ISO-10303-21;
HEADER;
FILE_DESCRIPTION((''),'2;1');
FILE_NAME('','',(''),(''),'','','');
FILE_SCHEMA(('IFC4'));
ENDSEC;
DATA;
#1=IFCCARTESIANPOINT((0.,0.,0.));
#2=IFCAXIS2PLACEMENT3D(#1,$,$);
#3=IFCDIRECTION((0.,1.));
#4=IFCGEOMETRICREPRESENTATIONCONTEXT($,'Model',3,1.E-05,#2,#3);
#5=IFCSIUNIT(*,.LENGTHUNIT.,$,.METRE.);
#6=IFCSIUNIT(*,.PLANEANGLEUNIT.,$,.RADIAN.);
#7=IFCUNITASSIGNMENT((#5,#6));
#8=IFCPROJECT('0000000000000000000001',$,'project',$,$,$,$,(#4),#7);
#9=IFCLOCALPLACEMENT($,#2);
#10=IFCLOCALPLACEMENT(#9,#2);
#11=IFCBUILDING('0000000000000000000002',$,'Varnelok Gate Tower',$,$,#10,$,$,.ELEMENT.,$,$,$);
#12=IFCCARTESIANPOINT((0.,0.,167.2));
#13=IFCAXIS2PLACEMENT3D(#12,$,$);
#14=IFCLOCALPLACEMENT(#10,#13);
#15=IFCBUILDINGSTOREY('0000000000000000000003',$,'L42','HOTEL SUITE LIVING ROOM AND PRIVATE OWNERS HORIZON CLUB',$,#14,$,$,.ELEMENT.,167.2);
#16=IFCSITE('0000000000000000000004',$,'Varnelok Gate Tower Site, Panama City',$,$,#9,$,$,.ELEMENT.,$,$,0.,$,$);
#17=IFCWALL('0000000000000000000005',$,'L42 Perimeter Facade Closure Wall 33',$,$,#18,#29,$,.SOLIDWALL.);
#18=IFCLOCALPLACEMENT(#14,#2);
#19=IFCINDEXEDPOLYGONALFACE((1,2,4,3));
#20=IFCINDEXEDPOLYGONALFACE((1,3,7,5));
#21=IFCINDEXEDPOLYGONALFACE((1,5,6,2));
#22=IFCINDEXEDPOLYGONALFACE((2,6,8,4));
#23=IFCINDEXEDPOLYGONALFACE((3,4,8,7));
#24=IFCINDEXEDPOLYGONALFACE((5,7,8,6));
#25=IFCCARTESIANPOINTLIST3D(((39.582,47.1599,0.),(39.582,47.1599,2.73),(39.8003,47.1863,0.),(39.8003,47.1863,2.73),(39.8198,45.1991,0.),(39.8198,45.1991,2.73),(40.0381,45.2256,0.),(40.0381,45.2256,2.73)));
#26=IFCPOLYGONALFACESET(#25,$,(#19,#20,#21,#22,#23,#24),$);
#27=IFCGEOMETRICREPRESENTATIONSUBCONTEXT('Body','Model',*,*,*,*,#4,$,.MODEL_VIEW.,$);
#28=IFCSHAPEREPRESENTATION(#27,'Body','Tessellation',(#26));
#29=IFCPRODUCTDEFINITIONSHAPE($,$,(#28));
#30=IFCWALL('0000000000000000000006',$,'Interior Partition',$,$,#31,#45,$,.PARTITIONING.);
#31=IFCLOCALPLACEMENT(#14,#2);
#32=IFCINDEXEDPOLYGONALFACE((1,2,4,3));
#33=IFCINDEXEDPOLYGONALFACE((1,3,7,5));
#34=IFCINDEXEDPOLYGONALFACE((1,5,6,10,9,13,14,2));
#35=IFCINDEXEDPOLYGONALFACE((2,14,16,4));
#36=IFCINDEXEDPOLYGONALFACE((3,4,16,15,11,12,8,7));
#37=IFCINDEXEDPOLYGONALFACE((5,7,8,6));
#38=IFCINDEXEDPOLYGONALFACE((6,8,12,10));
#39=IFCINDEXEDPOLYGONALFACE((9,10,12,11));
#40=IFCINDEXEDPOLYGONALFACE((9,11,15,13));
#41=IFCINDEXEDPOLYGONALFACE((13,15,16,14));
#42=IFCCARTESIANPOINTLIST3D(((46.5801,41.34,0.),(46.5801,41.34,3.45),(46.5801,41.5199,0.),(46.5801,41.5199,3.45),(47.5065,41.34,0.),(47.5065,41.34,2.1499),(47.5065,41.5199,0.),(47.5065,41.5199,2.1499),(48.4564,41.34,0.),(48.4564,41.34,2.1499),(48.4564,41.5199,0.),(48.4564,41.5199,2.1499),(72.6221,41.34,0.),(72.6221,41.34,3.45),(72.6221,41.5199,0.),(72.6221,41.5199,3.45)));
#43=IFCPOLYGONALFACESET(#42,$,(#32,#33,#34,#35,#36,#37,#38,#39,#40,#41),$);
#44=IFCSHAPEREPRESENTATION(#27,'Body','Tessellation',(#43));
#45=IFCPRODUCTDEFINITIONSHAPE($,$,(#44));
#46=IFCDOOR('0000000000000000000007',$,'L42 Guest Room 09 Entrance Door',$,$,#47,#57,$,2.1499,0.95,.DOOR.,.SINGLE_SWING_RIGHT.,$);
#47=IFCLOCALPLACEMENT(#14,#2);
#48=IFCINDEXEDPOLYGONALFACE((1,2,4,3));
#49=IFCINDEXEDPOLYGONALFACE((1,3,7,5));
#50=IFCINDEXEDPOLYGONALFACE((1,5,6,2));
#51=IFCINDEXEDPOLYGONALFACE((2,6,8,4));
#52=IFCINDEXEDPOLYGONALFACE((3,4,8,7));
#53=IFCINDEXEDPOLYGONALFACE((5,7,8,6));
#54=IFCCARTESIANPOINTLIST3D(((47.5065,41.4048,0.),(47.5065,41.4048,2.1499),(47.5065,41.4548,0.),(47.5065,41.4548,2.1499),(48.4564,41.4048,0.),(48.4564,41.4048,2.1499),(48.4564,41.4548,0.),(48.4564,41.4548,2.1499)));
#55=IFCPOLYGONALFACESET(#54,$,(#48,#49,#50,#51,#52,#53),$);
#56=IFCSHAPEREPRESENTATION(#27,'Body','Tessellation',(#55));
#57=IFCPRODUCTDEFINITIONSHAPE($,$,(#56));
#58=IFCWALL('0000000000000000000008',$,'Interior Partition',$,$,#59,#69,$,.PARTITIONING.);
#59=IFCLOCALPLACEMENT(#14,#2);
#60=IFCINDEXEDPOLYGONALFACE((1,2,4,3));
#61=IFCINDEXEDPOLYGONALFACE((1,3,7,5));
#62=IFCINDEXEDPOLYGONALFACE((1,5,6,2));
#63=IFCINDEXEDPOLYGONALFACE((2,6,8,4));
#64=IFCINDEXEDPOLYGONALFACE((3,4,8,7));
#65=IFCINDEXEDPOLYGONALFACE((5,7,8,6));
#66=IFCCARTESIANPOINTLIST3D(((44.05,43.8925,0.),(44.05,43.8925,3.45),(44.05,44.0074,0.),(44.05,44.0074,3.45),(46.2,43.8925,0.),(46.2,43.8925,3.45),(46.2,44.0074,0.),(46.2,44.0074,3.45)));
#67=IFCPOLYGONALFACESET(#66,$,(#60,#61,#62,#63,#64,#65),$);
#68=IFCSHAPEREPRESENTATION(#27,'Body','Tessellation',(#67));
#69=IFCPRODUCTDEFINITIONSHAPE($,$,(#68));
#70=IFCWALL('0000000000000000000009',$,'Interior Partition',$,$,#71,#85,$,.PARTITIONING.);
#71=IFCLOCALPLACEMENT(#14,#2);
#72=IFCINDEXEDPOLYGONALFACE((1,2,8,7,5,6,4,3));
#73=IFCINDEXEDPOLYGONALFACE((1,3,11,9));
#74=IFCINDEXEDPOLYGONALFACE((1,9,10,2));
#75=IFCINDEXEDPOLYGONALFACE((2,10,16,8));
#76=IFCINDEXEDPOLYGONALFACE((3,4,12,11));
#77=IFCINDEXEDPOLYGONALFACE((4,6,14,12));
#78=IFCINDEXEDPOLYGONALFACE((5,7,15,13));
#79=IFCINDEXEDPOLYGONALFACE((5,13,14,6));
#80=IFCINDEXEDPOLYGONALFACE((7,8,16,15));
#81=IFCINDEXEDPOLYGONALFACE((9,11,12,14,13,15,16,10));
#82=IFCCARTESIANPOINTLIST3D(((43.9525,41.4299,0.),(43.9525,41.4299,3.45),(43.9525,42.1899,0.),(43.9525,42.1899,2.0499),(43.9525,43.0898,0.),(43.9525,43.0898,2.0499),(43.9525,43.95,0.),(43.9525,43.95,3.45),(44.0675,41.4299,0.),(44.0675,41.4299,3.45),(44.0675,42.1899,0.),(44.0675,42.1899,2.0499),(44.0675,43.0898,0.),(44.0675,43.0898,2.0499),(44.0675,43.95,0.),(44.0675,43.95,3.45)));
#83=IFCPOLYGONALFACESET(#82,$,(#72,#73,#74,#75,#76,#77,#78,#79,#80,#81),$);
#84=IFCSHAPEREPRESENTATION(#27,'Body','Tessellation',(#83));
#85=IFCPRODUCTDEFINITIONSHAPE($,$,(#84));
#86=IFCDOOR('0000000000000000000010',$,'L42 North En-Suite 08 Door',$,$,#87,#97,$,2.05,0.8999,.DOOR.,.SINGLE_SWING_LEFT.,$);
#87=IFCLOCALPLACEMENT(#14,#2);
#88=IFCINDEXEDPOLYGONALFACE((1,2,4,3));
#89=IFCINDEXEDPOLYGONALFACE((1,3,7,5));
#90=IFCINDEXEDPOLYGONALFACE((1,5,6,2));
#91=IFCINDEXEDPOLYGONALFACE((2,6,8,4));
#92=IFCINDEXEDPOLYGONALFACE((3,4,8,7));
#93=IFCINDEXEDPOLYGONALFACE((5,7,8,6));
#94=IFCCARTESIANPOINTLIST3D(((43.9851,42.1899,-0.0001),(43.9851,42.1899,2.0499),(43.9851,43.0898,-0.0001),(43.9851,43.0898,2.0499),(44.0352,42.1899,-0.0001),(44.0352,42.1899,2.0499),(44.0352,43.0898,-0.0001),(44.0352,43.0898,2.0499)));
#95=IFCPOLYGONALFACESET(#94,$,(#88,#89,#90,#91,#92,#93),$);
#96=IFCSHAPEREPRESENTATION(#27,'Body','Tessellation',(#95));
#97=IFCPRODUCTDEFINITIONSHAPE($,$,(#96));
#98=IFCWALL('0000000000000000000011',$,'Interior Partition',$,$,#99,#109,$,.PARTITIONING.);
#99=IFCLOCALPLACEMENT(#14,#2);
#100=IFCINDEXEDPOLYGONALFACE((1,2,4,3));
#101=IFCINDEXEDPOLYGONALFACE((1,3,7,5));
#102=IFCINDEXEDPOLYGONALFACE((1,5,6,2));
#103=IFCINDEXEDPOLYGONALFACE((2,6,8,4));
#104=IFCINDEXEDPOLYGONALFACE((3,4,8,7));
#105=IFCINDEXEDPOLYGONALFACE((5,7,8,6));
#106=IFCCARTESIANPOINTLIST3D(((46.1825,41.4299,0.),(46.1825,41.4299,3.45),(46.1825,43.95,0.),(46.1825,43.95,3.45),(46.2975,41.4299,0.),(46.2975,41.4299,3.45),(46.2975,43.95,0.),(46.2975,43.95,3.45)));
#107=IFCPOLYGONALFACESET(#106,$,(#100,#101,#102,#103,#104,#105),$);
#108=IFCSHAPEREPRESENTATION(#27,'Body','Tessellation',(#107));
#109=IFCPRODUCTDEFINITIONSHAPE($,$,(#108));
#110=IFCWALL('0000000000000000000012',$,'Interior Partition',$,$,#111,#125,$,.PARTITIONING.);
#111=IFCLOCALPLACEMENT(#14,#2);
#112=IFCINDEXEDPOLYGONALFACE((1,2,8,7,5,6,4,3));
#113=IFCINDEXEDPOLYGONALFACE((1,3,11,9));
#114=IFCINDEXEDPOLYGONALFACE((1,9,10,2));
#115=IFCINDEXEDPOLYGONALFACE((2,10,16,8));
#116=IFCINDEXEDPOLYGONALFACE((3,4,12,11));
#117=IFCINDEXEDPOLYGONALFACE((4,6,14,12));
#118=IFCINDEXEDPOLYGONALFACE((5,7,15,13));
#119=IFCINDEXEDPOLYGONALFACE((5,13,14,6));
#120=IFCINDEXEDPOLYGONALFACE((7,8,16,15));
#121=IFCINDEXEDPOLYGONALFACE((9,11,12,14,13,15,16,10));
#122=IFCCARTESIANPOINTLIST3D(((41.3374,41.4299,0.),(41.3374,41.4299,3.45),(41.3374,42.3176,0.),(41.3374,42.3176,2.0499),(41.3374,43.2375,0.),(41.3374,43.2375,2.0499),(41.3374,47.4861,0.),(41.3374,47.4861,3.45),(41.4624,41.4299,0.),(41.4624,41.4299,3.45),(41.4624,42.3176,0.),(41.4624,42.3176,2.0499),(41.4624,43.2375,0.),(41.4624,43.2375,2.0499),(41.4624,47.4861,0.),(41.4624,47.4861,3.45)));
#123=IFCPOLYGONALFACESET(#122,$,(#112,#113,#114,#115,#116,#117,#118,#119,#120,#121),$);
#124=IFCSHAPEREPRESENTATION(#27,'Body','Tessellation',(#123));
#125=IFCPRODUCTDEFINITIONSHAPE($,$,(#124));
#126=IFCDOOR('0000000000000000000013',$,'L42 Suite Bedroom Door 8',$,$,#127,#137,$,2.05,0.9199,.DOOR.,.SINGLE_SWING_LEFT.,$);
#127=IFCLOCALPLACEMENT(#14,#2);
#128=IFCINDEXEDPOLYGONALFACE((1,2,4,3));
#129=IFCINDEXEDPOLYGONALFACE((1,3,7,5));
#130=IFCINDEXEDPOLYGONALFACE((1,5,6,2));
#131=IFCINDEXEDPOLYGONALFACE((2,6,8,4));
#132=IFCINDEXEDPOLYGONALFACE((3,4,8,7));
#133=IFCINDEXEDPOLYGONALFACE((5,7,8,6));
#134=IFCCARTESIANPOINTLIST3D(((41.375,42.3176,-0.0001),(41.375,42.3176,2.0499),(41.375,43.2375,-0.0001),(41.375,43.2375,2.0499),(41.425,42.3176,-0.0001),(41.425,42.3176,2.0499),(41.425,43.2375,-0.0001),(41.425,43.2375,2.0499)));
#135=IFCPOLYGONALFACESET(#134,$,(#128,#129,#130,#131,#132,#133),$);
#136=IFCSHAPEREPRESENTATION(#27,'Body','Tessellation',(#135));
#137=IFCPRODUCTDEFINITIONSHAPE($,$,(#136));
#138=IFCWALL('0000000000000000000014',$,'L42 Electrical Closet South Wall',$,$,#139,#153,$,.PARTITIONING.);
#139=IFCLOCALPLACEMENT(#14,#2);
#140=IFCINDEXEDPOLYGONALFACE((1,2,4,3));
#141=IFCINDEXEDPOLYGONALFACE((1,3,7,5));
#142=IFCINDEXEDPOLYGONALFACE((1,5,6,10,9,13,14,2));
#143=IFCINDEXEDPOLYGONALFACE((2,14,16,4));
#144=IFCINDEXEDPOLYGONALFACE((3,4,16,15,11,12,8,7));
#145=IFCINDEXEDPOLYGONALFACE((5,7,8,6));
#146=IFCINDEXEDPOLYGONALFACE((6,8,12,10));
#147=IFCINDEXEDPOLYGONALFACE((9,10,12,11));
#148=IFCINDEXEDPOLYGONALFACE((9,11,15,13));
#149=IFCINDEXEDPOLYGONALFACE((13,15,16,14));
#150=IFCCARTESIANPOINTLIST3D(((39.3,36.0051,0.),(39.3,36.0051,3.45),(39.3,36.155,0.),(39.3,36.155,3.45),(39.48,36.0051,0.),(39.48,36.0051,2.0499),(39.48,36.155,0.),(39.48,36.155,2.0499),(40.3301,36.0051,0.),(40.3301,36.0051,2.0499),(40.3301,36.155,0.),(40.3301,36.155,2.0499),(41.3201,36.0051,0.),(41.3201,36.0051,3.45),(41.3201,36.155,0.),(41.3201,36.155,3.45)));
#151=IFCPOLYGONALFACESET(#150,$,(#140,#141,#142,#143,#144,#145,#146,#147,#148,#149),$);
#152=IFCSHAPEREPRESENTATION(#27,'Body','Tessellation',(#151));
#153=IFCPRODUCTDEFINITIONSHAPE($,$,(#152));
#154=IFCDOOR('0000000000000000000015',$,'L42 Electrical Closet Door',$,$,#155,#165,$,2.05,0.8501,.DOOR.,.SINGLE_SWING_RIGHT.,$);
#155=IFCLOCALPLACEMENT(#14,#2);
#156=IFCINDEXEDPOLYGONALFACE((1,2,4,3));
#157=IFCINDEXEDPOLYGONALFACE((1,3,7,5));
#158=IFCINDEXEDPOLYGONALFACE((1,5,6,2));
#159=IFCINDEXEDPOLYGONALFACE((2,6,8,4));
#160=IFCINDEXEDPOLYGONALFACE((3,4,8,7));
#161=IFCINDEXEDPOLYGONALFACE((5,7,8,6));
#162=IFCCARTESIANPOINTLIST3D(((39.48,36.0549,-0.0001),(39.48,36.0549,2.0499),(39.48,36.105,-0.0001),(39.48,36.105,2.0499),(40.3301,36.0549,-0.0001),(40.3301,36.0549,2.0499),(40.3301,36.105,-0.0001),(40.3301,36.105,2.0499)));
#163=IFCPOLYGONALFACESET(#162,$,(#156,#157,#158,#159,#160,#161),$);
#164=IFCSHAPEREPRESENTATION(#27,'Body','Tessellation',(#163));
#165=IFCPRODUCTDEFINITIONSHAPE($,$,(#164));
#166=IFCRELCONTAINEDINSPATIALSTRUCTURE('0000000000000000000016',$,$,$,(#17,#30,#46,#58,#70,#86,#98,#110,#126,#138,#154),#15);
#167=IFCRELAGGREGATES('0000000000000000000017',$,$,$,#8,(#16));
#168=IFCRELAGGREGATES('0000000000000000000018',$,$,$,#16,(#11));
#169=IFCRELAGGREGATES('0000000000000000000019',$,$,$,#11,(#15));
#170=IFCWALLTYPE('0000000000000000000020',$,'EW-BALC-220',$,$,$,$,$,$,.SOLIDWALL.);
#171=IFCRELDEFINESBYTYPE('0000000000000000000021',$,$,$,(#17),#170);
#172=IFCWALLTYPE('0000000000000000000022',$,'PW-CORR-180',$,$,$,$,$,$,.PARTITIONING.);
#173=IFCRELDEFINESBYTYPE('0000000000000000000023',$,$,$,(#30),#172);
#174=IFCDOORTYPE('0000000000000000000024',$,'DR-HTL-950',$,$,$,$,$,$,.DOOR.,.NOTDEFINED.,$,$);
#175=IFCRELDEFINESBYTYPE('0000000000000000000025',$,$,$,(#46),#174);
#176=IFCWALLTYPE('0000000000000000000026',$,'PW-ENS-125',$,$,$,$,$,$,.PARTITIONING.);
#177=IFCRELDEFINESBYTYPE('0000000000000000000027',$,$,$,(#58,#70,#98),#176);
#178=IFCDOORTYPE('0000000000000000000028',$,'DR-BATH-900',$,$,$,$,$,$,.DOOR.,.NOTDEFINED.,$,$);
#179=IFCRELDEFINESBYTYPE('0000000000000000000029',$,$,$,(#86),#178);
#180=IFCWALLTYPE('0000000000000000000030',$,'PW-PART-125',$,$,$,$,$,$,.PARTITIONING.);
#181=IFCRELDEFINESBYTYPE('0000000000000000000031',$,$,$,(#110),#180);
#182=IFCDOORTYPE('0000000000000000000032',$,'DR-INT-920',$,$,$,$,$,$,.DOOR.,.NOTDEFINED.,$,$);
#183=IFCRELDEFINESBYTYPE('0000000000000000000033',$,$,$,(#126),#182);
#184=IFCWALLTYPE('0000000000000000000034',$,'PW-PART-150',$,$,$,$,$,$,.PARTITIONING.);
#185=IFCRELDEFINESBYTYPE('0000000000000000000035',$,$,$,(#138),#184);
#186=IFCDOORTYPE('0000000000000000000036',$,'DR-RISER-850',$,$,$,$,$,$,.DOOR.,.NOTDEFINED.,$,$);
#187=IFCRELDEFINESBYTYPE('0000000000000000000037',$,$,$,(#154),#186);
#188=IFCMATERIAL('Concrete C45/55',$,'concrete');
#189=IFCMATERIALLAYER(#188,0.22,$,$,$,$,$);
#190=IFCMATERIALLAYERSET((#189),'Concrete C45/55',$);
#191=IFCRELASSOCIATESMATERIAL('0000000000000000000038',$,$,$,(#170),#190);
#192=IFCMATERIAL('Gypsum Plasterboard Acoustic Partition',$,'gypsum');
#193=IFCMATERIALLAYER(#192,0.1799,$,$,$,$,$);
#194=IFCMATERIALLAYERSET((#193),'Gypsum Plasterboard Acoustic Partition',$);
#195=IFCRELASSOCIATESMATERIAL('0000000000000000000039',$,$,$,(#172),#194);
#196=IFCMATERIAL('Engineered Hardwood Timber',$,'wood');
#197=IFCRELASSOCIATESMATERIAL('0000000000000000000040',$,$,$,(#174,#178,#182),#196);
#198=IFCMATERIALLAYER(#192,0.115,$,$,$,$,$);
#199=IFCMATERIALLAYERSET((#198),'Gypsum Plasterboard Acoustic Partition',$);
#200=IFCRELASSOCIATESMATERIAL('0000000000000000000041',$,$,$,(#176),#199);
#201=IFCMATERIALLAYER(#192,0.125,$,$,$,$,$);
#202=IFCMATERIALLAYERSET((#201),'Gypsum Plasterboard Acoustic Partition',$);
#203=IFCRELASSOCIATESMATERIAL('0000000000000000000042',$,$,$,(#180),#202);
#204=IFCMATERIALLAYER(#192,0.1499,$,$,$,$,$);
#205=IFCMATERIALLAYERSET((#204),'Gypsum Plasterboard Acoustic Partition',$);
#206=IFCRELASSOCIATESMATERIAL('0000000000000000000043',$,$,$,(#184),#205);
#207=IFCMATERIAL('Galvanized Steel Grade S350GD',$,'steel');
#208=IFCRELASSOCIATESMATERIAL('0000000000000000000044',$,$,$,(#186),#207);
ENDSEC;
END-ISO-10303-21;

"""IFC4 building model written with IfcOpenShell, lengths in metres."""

from ifc_helpers import new_model, si_unit, direction, frame, frame_2d, origin, place, context, subcontext, project, spatial, rectangle, extrude, material, layer, layer_set, type_object, element, fill, save


model = new_model("IFC4")

# Units and contexts
model_context = context("Model", 3, precision=1e-05, world=origin(), true_north=direction((0.0, 1.0)))
body_context = subcontext(model_context, "Body", "Model", "MODEL_VIEW")
ifc_project = project(units=[si_unit("LENGTHUNIT", "METRE"), si_unit("PLANEANGLEUNIT", "RADIAN")], contexts=[model_context])

# Site, building, storey
site_placement = place(None, origin())
site = spatial("IfcSite", under=ifc_project, at=site_placement, Name="Varnelok Gate Tower Site, Panama City", CompositionType="ELEMENT", RefElevation=0.0)
building_placement = place(site_placement, origin())
building = spatial("IfcBuilding", under=site, at=building_placement, Name="Varnelok Gate Tower", CompositionType="ELEMENT")
storey_placement = place(building_placement, frame((0.0, 0.0, 167.2)))
storey = spatial("IfcBuildingStorey", under=building, at=storey_placement, Name="L42", Description="HOTEL SUITE LIVING ROOM AND PRIVATE OWNERS HORIZON CLUB", CompositionType="ELEMENT", Elevation=167.2)

# Shared definitions
ifc_material_1 = material(Name="Concrete C45/55", Category="concrete")
ifc_layer_1 = layer(ifc_material_1, 0.22)
ifc_layer_set_1 = layer_set([ifc_layer_1], Name="Concrete C45/55")
wall_type_1 = type_object("IfcWallType", Name="EW-BALC-220", PredefinedType="SOLIDWALL", material=ifc_layer_set_1)

# Wall
wall_1_placement = place(storey_placement, frame((39.6912, 47.1731, 0.0), z_axis=(0.0, 0.0, 1.0), x_axis=(0.120398, -0.992726, 0.0)))
element("IfcWall", 1, at=wall_1_placement, inside=storey, type_object=wall_type_1, Name="L42 Perimeter Facade Closure Wall 33", PredefinedType="SOLIDWALL", context=body_context, shape_type="SweptSolid", body=[
    extrude(rectangle(XDim=1.9751, YDim=0.22, at=frame_2d((0.9875, 0.0))), origin(), (0.0, 0.0, 1.0), 2.73),
])

# Wall, opening, door
ifc_material_2 = material(Name="Gypsum Plasterboard Acoustic Partition", Category="gypsum")
ifc_layer_2 = layer(ifc_material_2, 0.1799)
ifc_layer_set_2 = layer_set([ifc_layer_2], Name="Gypsum Plasterboard Acoustic Partition")
wall_type_2 = type_object("IfcWallType", Name="PW-CORR-180", PredefinedType="PARTITIONING", material=ifc_layer_set_2)
wall_2_placement = place(storey_placement, frame((46.5801, 41.4299, 0.0), z_axis=(0.0, 0.0, 1.0), x_axis=(1.0, 0.0, 0.0)))
wall_2 = element("IfcWall", 2, at=wall_2_placement, inside=storey, type_object=wall_type_2, Name="Interior Partition", PredefinedType="PARTITIONING", context=body_context, shape_type="SweptSolid", body=[
    extrude(rectangle(XDim=26.042, YDim=0.1799, at=frame_2d((13.021, 0.0))), origin(), (0.0, 0.0, 1.0), 3.45),
])
opening_1_placement = place(wall_2_placement, frame((0.9263, 0.0, 0.0)))
opening_1 = element("IfcOpeningElement", 3, at=opening_1_placement, cuts=wall_2, PredefinedType="OPENING", context=body_context, shape_type="SweptSolid", body=[
    extrude(rectangle(XDim=0.95, YDim=2.1499, at=frame_2d((0.4751, 1.075))), frame((0.0, 0.0999, 0.0), z_axis=(0.0, -1.0, 0.0), x_axis=(1.0, 0.0, 0.0)), (0.0, 0.0, 1.0), 0.2),
])
ifc_material_3 = material(Name="Engineered Hardwood Timber", Category="wood")
door_type_1 = type_object("IfcDoorType", Name="DR-HTL-950", OperationType="NOTDEFINED", PredefinedType="DOOR", material=ifc_material_3)
door_1_placement = place(opening_1_placement, origin())
door_1 = element("IfcDoor", 4, at=door_1_placement, inside=storey, type_object=door_type_1, Name="L42 Guest Room 09 Entrance Door", OperationType="SINGLE_SWING_RIGHT", OverallHeight=2.1499, OverallWidth=0.95, PredefinedType="DOOR", context=body_context, shape_type="SweptSolid", body=[
    extrude(rectangle(XDim=0.95, YDim=2.1499, at=frame_2d((0.4751, 1.075))), frame((0.0, 0.0249, 0.0), z_axis=(0.0, -1.0, 0.0), x_axis=(1.0, 0.0, 0.0)), (0.0, 0.0, 1.0), 0.05),
])
fill(opening_1, door_1)

# Wall
ifc_layer_3 = layer(ifc_material_2, 0.115)
ifc_layer_set_3 = layer_set([ifc_layer_3], Name="Gypsum Plasterboard Acoustic Partition")
wall_type_3 = type_object("IfcWallType", Name="PW-ENS-125", PredefinedType="PARTITIONING", material=ifc_layer_set_3)
wall_3_placement = place(storey_placement, frame((44.05, 43.95, 0.0), z_axis=(0.0, 0.0, 1.0), x_axis=(1.0, 0.0, 0.0)))
element("IfcWall", 5, at=wall_3_placement, inside=storey, type_object=wall_type_3, Name="Interior Partition", PredefinedType="PARTITIONING", context=body_context, shape_type="SweptSolid", body=[
    extrude(rectangle(XDim=2.1499, YDim=0.115, at=frame_2d((1.075, 0.0))), origin(), (0.0, 0.0, 1.0), 3.45),
])

# Wall, opening, door
wall_4_placement = place(storey_placement, frame((44.01, 41.4299, 0.0), z_axis=(0.0, 0.0, 1.0), x_axis=(0.0, 1.0, 0.0)))
wall_4 = element("IfcWall", 6, at=wall_4_placement, inside=storey, type_object=wall_type_3, Name="Interior Partition", PredefinedType="PARTITIONING", context=body_context, shape_type="SweptSolid", body=[
    extrude(rectangle(XDim=2.52, YDim=0.115, at=frame_2d((1.26, 0.0))), origin(), (0.0, 0.0, 1.0), 3.45),
])
opening_2_placement = place(wall_4_placement, frame((0.76, 0.0, 0.0)))
opening_2 = element("IfcOpeningElement", 7, at=opening_2_placement, cuts=wall_4, PredefinedType="OPENING", context=body_context, shape_type="SweptSolid", body=[
    extrude(rectangle(XDim=0.8999, YDim=2.05, at=frame_2d((0.45, 1.0249))), frame((0.0, 0.0674, 0.0), z_axis=(0.0, -1.0, 0.0), x_axis=(1.0, 0.0, 0.0)), (0.0, 0.0, 1.0), 0.135),
])
door_type_2 = type_object("IfcDoorType", Name="DR-BATH-900", OperationType="NOTDEFINED", PredefinedType="DOOR", material=ifc_material_3)
door_2_placement = place(opening_2_placement, origin())
door_2 = element("IfcDoor", 8, at=door_2_placement, inside=storey, type_object=door_type_2, Name="L42 North En-Suite 08 Door", OperationType="SINGLE_SWING_LEFT", OverallHeight=2.05, OverallWidth=0.8999, PredefinedType="DOOR", context=body_context, shape_type="SweptSolid", body=[
    extrude(rectangle(XDim=0.8999, YDim=2.05, at=frame_2d((0.45, 1.0249))), frame((0.0, 0.0249, 0.0), z_axis=(0.0, -1.0, 0.0), x_axis=(1.0, 0.0, 0.0)), (0.0, 0.0, 1.0), 0.05),
])
fill(opening_2, door_2)

# Wall
wall_5_placement = place(storey_placement, frame((46.24, 41.4299, 0.0), z_axis=(0.0, 0.0, 1.0), x_axis=(0.0, 1.0, 0.0)))
element("IfcWall", 9, at=wall_5_placement, inside=storey, type_object=wall_type_3, Name="Interior Partition", PredefinedType="PARTITIONING", context=body_context, shape_type="SweptSolid", body=[
    extrude(rectangle(XDim=2.52, YDim=0.115, at=frame_2d((1.26, 0.0))), origin(), (0.0, 0.0, 1.0), 3.45),
])

# Walls, openings, doors
ifc_layer_4 = layer(ifc_material_2, 0.125)
ifc_layer_set_4 = layer_set([ifc_layer_4], Name="Gypsum Plasterboard Acoustic Partition")
wall_type_4 = type_object("IfcWallType", Name="PW-PART-125", PredefinedType="PARTITIONING", material=ifc_layer_set_4)
wall_6_placement = place(storey_placement, frame((41.3999, 41.4299, 0.0), z_axis=(0.0, 0.0, 1.0), x_axis=(0.0, 1.0, 0.0)))
wall_6 = element("IfcWall", 10, at=wall_6_placement, inside=storey, type_object=wall_type_4, Name="Interior Partition", PredefinedType="PARTITIONING", context=body_context, shape_type="SweptSolid", body=[
    extrude(rectangle(XDim=6.0562, YDim=0.125, at=frame_2d((3.0281, 0.0))), origin(), (0.0, 0.0, 1.0), 3.45),
])
opening_3_placement = place(wall_6_placement, frame((0.8877, 0.0, 0.0)))
opening_3 = element("IfcOpeningElement", 11, at=opening_3_placement, cuts=wall_6, PredefinedType="OPENING", context=body_context, shape_type="SweptSolid", body=[
    extrude(rectangle(XDim=0.9199, YDim=2.05, at=frame_2d((0.46, 1.0249))), frame((0.0, 0.0725, 0.0), z_axis=(0.0, -1.0, 0.0), x_axis=(1.0, 0.0, 0.0)), (0.0, 0.0, 1.0), 0.145),
])
door_type_3 = type_object("IfcDoorType", Name="DR-INT-920", OperationType="NOTDEFINED", PredefinedType="DOOR", material=ifc_material_3)
door_3_placement = place(opening_3_placement, origin())
door_3 = element("IfcDoor", 12, at=door_3_placement, inside=storey, type_object=door_type_3, Name="L42 Suite Bedroom Door 8", OperationType="SINGLE_SWING_LEFT", OverallHeight=2.05, OverallWidth=0.9199, PredefinedType="DOOR", context=body_context, shape_type="SweptSolid", body=[
    extrude(rectangle(XDim=0.9199, YDim=2.05, at=frame_2d((0.46, 1.0249))), frame((0.0, 0.0249, 0.0), z_axis=(0.0, -1.0, 0.0), x_axis=(1.0, 0.0, 0.0)), (0.0, 0.0, 1.0), 0.05),
])
fill(opening_3, door_3)
ifc_layer_5 = layer(ifc_material_2, 0.1499)
ifc_layer_set_5 = layer_set([ifc_layer_5], Name="Gypsum Plasterboard Acoustic Partition")
wall_type_5 = type_object("IfcWallType", Name="PW-PART-150", PredefinedType="PARTITIONING", material=ifc_layer_set_5)
wall_7_placement = place(storey_placement, frame((39.3, 36.0801, 0.0), z_axis=(0.0, 0.0, 1.0), x_axis=(1.0, 0.0, 0.0)))
wall_7 = element("IfcWall", 13, at=wall_7_placement, inside=storey, type_object=wall_type_5, Name="L42 Electrical Closet South Wall", PredefinedType="PARTITIONING", context=body_context, shape_type="SweptSolid", body=[
    extrude(rectangle(XDim=2.02, YDim=0.1499, at=frame_2d((1.01, 0.0))), origin(), (0.0, 0.0, 1.0), 3.45),
])
opening_4_placement = place(wall_7_placement, frame((0.1799, 0.0, 0.0)))
opening_4 = element("IfcOpeningElement", 14, at=opening_4_placement, cuts=wall_7, PredefinedType="OPENING", context=body_context, shape_type="SweptSolid", body=[
    extrude(rectangle(XDim=0.8501, YDim=2.05, at=frame_2d((0.425, 1.0249))), frame((0.0, 0.085, 0.0), z_axis=(0.0, -1.0, 0.0), x_axis=(1.0, 0.0, 0.0)), (0.0, 0.0, 1.0), 0.1699),
])
ifc_material_4 = material(Name="Galvanized Steel Grade S350GD", Category="steel")
door_type_4 = type_object("IfcDoorType", Name="DR-RISER-850", OperationType="NOTDEFINED", PredefinedType="DOOR", material=ifc_material_4)
door_4_placement = place(opening_4_placement, origin())
door_4 = element("IfcDoor", 15, at=door_4_placement, inside=storey, type_object=door_type_4, Name="L42 Electrical Closet Door", OperationType="SINGLE_SWING_RIGHT", OverallHeight=2.05, OverallWidth=0.8501, PredefinedType="DOOR", context=body_context, shape_type="SweptSolid", body=[
    extrude(rectangle(XDim=0.8501, YDim=2.05, at=frame_2d((0.425, 1.0249))), frame((0.0, 0.0249, 0.0), z_axis=(0.0, -1.0, 0.0), x_axis=(1.0, 0.0, 0.0)), (0.0, 0.0, 1.0), 0.05),
])
fill(opening_4, door_4)

save(model, "model.ifc")
